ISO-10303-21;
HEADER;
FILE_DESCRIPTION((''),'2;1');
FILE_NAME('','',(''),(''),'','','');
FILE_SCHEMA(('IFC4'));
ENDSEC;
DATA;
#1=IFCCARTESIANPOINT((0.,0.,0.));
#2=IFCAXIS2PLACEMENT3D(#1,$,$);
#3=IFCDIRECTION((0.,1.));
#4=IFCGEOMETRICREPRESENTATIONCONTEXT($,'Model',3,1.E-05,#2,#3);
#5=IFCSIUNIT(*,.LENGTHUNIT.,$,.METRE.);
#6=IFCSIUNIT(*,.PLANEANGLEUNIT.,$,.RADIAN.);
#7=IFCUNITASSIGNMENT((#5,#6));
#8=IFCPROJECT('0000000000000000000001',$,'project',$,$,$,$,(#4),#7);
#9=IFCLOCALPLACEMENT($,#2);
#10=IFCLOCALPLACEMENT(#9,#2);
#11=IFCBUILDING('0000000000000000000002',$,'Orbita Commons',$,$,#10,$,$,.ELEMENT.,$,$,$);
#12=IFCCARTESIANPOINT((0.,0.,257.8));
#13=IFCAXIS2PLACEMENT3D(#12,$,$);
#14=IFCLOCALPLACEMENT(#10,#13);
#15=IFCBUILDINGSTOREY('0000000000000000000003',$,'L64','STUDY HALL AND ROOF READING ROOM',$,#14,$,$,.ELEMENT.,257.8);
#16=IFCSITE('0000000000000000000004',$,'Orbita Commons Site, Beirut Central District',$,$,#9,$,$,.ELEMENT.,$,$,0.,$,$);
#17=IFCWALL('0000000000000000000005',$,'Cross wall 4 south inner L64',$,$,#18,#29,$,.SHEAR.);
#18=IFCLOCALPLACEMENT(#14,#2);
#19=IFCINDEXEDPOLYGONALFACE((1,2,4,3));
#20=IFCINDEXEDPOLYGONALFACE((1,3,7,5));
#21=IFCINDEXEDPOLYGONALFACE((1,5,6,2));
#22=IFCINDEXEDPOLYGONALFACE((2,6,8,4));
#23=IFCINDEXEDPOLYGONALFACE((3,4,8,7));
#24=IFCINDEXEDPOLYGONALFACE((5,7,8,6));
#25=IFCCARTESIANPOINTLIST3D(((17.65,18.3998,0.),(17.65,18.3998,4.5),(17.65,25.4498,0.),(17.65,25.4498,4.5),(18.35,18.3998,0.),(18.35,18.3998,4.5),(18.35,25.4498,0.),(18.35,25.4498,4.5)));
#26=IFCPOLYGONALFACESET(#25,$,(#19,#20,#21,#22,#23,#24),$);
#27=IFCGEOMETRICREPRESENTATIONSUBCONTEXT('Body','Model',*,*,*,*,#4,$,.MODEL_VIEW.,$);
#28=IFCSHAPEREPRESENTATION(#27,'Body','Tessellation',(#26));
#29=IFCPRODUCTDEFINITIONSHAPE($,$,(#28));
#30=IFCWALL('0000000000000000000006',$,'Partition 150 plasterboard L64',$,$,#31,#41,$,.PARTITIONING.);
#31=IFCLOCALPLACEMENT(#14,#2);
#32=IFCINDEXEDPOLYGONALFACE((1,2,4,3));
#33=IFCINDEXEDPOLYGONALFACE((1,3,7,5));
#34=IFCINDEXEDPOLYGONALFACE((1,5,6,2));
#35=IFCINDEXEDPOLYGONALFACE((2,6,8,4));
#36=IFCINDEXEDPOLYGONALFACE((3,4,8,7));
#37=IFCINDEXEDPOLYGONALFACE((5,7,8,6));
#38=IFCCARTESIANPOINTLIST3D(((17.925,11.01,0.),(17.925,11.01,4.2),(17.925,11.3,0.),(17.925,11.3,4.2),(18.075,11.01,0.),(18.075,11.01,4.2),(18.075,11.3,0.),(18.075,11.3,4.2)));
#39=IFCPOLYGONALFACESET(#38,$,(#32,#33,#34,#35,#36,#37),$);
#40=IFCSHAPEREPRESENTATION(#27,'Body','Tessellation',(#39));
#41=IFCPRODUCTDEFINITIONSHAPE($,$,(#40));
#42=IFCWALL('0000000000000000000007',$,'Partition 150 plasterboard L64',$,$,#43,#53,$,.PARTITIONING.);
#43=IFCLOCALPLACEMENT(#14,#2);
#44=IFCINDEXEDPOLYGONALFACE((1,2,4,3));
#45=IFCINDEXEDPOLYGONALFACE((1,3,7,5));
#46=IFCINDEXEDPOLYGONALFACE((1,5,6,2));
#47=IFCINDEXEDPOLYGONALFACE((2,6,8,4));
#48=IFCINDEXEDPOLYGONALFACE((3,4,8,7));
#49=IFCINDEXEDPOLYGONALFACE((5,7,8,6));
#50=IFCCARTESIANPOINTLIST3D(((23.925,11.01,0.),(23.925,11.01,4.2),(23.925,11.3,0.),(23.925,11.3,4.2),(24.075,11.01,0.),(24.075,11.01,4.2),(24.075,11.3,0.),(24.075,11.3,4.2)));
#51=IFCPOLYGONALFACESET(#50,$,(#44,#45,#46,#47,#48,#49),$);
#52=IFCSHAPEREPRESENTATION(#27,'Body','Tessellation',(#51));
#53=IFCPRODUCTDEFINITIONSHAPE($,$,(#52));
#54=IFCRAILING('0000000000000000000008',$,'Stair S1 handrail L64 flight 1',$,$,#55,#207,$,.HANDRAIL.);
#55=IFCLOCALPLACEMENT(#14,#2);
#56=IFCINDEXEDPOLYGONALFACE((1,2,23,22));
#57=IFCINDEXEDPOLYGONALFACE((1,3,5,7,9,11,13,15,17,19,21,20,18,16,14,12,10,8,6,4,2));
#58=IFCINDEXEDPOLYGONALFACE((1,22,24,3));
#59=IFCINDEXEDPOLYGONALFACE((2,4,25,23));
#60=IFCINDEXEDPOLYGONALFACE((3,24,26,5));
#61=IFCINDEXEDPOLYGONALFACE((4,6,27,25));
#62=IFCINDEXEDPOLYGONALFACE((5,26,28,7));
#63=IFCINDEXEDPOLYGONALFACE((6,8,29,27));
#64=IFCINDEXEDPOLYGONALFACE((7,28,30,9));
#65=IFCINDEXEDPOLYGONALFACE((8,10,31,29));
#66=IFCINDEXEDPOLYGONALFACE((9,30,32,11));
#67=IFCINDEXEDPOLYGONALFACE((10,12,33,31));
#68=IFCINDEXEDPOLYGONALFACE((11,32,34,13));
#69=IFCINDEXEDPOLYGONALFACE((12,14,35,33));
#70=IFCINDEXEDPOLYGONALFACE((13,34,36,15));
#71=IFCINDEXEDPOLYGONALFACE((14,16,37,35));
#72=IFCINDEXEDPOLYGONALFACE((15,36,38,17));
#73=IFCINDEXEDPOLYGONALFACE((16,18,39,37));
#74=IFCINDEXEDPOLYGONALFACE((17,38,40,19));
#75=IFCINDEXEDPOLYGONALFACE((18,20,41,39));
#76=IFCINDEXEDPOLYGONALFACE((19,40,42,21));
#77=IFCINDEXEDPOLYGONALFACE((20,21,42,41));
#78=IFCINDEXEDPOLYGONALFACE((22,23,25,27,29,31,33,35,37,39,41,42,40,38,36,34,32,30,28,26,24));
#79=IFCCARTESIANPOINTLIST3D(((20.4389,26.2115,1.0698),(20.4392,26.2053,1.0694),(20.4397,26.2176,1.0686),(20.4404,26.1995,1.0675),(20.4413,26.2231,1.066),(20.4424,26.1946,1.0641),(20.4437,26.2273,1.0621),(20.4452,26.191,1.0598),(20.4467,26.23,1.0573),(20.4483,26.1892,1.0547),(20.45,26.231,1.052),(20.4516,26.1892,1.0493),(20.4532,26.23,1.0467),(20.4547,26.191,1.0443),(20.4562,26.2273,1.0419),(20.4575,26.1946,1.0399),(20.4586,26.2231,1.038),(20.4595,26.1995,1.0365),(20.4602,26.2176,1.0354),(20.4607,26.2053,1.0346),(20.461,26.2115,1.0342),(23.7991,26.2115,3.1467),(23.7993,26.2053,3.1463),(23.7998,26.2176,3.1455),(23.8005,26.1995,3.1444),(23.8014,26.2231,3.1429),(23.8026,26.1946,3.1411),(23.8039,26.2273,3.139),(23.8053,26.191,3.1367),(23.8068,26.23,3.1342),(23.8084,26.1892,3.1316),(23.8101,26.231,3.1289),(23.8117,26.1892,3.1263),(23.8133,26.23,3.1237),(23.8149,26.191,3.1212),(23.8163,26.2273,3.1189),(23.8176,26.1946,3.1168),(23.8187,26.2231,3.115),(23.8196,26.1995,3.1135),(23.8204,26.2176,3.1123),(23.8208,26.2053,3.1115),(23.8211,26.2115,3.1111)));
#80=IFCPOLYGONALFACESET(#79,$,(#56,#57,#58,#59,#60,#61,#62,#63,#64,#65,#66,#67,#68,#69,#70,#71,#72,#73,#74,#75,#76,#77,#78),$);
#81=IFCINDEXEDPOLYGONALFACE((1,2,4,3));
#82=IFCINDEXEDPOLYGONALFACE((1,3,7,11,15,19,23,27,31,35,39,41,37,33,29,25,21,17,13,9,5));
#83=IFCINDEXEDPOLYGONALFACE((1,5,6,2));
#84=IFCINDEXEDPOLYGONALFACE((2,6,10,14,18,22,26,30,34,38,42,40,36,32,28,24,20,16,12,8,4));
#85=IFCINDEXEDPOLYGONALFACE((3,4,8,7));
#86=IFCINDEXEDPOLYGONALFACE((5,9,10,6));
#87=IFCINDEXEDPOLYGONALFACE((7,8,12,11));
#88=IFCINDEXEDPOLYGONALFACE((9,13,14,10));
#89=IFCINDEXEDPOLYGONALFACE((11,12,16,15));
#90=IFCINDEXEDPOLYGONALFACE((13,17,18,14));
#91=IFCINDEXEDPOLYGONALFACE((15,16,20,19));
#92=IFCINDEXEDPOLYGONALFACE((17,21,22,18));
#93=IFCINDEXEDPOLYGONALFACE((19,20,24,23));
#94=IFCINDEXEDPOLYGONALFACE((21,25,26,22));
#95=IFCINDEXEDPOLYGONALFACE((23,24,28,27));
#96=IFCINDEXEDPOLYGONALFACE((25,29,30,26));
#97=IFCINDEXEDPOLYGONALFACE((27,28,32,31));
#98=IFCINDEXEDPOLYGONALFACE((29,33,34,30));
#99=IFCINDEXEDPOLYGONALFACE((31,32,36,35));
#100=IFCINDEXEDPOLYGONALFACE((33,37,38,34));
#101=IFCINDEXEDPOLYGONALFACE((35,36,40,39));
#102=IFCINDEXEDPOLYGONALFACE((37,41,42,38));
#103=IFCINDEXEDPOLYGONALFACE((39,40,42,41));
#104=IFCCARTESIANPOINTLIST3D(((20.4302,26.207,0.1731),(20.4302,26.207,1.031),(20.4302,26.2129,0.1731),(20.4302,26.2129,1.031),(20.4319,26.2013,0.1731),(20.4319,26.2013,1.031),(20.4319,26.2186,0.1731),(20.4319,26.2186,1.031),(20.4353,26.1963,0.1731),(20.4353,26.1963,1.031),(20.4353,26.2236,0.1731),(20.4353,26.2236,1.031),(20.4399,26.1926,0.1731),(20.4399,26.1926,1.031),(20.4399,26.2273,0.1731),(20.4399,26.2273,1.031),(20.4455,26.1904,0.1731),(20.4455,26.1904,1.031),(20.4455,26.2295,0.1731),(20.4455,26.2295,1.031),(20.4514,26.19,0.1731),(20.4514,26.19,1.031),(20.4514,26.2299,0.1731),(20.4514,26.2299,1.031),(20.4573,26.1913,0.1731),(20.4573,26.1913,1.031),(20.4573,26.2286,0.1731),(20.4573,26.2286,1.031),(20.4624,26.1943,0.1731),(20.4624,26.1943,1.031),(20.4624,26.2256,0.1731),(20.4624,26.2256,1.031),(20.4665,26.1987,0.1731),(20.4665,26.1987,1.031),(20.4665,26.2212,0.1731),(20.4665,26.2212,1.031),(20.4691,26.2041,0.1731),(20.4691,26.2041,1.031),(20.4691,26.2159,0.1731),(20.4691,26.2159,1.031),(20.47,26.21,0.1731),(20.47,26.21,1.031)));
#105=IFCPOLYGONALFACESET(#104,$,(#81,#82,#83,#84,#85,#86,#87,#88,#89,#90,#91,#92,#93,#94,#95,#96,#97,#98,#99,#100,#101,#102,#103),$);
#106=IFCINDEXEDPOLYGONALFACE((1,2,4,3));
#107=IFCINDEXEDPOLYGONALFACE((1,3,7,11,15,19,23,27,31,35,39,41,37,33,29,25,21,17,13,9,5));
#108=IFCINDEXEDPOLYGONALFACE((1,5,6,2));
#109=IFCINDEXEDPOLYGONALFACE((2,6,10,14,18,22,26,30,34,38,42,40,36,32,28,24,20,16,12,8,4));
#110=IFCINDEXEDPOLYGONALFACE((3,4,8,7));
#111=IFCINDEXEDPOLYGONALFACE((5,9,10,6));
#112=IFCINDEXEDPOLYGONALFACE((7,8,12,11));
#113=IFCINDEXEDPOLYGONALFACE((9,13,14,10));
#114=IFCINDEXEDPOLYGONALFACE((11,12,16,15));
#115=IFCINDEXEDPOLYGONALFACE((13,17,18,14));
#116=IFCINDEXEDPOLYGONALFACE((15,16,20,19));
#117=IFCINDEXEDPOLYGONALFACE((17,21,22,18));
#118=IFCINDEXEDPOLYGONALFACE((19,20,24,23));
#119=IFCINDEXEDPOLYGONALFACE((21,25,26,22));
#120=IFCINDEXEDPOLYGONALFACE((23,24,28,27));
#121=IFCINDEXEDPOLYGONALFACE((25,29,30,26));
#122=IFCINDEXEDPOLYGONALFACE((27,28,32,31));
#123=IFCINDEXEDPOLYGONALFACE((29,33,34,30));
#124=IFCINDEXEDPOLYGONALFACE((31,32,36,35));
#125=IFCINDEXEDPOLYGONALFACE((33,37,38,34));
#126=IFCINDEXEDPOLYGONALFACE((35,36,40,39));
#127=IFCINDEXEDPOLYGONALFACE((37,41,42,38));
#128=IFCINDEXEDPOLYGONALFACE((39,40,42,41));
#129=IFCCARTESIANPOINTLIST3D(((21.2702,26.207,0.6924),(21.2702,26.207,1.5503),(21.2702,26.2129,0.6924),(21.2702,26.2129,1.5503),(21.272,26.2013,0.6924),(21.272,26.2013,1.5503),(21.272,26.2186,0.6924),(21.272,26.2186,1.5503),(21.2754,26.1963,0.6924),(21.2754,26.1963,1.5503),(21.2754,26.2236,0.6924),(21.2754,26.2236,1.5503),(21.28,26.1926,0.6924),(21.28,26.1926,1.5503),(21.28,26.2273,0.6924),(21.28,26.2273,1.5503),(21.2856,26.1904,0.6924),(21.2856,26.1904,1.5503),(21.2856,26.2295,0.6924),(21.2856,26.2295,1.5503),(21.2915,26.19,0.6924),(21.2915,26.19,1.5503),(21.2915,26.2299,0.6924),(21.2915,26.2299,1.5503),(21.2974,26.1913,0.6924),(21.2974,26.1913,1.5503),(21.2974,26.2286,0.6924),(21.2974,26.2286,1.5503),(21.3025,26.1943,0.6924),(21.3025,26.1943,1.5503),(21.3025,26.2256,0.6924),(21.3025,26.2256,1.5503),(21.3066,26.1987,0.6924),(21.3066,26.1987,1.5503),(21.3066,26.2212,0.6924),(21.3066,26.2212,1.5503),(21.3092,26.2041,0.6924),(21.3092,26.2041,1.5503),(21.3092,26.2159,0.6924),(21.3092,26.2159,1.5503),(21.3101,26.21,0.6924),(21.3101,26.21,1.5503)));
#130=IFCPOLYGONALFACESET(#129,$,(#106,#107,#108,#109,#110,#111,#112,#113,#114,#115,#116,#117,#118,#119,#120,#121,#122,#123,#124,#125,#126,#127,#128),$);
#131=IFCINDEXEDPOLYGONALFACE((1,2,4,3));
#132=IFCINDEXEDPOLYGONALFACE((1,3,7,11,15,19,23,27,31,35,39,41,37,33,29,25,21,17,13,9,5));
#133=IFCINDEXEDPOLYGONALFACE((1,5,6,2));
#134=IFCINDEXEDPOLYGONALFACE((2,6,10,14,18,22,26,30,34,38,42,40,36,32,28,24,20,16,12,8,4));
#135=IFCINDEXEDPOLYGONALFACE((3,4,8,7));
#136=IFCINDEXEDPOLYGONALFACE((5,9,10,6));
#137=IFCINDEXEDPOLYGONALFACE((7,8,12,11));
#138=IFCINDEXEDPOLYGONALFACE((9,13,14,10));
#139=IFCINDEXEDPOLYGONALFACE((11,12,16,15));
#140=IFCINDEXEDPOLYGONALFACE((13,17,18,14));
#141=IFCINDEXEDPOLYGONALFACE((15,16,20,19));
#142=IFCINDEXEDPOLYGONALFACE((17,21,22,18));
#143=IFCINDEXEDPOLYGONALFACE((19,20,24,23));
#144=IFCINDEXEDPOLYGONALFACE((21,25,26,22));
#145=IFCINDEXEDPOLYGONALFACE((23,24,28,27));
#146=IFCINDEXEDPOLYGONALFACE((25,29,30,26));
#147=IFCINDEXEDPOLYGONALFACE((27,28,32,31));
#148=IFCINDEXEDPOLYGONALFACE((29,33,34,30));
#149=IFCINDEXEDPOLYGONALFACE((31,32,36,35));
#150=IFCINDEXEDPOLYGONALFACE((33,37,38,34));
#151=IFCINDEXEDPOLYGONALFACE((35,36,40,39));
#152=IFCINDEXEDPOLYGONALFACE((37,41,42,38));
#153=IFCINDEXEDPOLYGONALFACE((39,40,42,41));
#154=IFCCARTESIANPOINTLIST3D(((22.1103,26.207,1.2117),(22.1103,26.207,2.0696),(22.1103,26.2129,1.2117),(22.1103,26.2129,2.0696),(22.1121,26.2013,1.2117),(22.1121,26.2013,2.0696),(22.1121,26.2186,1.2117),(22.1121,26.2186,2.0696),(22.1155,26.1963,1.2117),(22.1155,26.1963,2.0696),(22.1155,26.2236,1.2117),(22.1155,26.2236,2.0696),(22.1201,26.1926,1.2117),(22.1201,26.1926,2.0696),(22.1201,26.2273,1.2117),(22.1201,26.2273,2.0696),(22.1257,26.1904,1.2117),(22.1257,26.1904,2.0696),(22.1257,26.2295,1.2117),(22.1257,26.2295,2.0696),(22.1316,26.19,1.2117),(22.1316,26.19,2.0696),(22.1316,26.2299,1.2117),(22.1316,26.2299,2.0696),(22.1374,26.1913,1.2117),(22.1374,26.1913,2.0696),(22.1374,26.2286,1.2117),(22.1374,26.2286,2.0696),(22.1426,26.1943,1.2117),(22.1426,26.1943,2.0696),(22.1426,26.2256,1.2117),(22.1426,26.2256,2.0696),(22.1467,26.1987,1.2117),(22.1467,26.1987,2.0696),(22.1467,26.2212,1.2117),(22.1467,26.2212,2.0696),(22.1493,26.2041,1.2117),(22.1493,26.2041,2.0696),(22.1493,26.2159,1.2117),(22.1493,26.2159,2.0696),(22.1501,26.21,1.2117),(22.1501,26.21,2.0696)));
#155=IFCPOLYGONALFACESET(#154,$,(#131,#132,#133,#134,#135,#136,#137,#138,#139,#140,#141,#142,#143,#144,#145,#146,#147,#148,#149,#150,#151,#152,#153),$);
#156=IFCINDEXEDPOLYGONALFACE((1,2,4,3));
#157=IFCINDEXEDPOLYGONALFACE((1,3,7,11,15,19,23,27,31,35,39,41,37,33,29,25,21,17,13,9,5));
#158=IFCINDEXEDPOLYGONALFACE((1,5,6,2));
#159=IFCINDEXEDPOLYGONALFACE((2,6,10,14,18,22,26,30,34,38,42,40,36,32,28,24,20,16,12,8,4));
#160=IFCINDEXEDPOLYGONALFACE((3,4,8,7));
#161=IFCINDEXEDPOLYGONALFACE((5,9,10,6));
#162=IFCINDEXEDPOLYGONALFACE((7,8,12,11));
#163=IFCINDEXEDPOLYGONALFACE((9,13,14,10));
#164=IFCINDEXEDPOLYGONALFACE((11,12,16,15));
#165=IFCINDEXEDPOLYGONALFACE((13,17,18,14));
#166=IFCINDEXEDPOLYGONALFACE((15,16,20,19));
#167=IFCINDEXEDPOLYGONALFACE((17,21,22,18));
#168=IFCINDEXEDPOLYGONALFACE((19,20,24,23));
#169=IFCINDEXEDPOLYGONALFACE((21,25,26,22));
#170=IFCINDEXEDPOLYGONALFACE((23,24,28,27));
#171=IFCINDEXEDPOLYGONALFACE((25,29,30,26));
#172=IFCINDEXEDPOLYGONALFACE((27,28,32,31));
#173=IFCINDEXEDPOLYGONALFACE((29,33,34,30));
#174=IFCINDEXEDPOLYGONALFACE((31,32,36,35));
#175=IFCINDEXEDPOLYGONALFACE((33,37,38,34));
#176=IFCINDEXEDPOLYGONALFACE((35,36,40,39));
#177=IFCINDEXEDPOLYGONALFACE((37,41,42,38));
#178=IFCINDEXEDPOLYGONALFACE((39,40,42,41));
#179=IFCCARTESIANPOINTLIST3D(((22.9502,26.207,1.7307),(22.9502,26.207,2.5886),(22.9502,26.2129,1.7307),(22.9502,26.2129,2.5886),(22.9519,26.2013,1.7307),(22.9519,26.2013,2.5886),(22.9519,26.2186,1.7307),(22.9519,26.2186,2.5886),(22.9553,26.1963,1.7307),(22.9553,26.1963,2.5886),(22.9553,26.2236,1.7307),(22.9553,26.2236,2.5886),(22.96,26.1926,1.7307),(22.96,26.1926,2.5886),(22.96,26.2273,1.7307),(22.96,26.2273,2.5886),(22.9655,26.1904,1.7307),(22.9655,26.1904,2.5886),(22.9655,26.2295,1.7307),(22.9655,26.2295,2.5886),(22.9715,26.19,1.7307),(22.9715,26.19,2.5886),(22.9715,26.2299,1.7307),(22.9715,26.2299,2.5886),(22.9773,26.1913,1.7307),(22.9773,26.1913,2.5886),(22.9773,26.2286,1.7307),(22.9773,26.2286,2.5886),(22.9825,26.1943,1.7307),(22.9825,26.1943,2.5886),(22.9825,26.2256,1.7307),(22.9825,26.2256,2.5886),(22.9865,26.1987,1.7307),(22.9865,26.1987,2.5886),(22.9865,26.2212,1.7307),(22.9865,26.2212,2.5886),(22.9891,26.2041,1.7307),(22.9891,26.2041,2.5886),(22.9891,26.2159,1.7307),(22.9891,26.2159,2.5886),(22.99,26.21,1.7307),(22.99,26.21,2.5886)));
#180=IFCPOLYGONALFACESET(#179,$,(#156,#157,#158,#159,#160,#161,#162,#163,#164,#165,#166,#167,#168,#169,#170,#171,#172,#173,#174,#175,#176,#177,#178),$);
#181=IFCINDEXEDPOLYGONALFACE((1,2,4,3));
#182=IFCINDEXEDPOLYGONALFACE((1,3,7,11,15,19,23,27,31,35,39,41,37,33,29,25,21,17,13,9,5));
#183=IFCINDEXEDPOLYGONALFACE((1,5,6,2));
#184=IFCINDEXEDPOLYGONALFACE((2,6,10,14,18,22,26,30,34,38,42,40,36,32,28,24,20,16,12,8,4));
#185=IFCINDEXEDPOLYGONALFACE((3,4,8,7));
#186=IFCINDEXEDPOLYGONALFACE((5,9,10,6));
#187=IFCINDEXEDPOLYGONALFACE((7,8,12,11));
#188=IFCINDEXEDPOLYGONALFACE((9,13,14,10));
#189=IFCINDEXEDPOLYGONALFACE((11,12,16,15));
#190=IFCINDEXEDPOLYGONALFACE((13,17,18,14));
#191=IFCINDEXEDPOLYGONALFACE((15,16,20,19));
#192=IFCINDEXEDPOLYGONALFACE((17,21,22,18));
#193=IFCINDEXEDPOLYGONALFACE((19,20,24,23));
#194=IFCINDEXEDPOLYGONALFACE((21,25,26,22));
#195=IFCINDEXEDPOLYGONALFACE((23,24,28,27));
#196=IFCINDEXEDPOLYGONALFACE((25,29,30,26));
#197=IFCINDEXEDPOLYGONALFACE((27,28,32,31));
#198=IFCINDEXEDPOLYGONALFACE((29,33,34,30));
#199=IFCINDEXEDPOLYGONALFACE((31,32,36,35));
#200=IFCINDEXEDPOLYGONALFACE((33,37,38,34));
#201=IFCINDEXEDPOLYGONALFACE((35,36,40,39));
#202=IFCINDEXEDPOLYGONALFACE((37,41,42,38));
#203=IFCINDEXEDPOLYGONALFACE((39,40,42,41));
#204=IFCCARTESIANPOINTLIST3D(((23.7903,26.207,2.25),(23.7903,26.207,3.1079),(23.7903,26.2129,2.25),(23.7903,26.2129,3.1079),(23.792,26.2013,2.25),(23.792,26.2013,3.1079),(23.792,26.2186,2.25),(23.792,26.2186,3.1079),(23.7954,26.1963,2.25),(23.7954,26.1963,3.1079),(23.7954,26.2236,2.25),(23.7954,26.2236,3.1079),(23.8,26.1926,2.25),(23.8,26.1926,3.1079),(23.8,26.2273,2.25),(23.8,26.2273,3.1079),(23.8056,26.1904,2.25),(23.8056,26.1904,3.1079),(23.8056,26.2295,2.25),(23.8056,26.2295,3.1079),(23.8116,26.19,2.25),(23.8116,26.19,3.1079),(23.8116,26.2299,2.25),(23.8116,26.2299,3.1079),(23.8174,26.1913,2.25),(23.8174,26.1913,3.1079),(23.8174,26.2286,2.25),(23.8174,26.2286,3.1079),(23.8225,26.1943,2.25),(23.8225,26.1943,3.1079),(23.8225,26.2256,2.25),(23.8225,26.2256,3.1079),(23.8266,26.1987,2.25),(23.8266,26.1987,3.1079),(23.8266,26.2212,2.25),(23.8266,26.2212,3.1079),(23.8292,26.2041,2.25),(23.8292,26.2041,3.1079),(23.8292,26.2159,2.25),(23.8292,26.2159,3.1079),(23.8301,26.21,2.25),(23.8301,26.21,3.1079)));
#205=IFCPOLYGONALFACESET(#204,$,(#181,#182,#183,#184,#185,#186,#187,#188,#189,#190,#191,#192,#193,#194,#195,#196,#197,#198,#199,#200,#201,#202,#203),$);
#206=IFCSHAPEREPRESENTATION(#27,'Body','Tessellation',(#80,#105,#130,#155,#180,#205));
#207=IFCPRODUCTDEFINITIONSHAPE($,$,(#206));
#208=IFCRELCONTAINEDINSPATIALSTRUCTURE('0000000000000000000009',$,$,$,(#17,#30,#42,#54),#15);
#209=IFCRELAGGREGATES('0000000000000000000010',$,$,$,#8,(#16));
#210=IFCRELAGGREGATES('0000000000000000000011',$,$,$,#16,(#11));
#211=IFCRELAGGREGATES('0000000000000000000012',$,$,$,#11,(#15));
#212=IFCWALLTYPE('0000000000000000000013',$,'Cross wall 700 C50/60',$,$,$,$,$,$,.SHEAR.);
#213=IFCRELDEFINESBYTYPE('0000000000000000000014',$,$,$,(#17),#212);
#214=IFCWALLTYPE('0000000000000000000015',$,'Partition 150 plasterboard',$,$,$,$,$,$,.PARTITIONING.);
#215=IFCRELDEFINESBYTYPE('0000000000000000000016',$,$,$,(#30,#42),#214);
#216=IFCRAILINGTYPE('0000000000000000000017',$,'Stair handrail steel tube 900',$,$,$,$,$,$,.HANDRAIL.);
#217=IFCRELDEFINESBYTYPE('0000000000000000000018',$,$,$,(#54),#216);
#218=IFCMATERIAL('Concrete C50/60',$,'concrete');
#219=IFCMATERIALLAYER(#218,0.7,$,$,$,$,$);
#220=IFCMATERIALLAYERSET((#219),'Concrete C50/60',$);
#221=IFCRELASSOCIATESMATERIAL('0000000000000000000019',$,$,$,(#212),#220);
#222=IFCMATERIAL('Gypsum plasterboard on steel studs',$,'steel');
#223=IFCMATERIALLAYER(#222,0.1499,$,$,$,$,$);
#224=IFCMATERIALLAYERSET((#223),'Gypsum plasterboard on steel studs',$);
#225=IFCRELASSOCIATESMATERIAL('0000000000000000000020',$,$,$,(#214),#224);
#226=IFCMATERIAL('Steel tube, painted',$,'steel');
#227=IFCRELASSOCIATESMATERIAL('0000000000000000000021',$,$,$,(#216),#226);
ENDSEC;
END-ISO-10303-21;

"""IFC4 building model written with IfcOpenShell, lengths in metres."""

from ifc_helpers import new_model, si_unit, direction, frame, frame_2d, origin, origin_2d, place, context, subcontext, project, spatial, rectangle, circle, extrude, material, layer, layer_set, type_object, element, save


model = new_model("IFC4")

# Units and contexts
model_context = context("Model", 3, precision=1e-05, world=origin(), true_north=direction((0.0, 1.0)))
body_context = subcontext(model_context, "Body", "Model", "MODEL_VIEW")
ifc_project = project(units=[si_unit("LENGTHUNIT", "METRE"), si_unit("PLANEANGLEUNIT", "RADIAN")], contexts=[model_context])

# Site, building, storey
site_placement = place(None, origin())
site = spatial("IfcSite", under=ifc_project, at=site_placement, Name="Orbita Commons Site, Beirut Central District", CompositionType="ELEMENT", RefElevation=0.0)
building_placement = place(site_placement, origin())
building = spatial("IfcBuilding", under=site, at=building_placement, Name="Orbita Commons", CompositionType="ELEMENT")
storey_placement = place(building_placement, frame((0.0, 0.0, 257.8)))
storey = spatial("IfcBuildingStorey", under=building, at=storey_placement, Name="L64", Description="STUDY HALL AND ROOF READING ROOM", CompositionType="ELEMENT", Elevation=257.8)

# Walls
ifc_material_1 = material(Name="Concrete C50/60", Category="concrete")
ifc_layer_1 = layer(ifc_material_1, 0.7)
ifc_layer_set_1 = layer_set([ifc_layer_1], Name="Concrete C50/60")
wall_type_1 = type_object("IfcWallType", Name="Cross wall 700 C50/60", PredefinedType="SHEAR", material=ifc_layer_set_1)
wall_1_placement = place(storey_placement, frame((18.0, 18.3999, 0.0), z_axis=(0.0, 0.0, 1.0), x_axis=(0.0, 1.0, 0.0)))
element("IfcWall", 1, at=wall_1_placement, inside=storey, type_object=wall_type_1, Name="Cross wall 4 south inner L64", PredefinedType="SHEAR", context=body_context, shape_type="SweptSolid", body=[
    extrude(rectangle(XDim=7.05, YDim=0.7, at=frame_2d((3.5249, 0.0))), origin(), (0.0, 0.0, 1.0), 4.5),
])
ifc_material_2 = material(Name="Gypsum plasterboard on steel studs", Category="steel")
ifc_layer_2 = layer(ifc_material_2, 0.1499)
ifc_layer_set_2 = layer_set([ifc_layer_2], Name="Gypsum plasterboard on steel studs")
wall_type_2 = type_object("IfcWallType", Name="Partition 150 plasterboard", PredefinedType="PARTITIONING", material=ifc_layer_set_2)
for number, where, z_axis, x_axis, name in (
    (2, (18.0, 11.3, 0.0), (0.0, 0.0, 1.0), (0.0, -1.0, 0.0), "Partition 150 plasterboard L64"),
    (3, (24.0, 11.3, 0.0), (0.0, 0.0, 1.0), (0.0, -1.0, 0.0), "Partition 150 plasterboard L64"),
):
    element("IfcWall", number, at=place(storey_placement, frame(where, z_axis=z_axis, x_axis=x_axis)), inside=storey, type_object=wall_type_2, Name=name, PredefinedType="PARTITIONING", context=body_context, shape_type="SweptSolid", body=[
        extrude(rectangle(XDim=0.29, YDim=0.1499, at=frame_2d((0.145, 0.0))), origin(), (0.0, 0.0, 1.0), 4.2),
    ])

# Railing
ifc_material_3 = material(Name="Steel tube, painted", Category="steel")
railing_type = type_object("IfcRailingType", Name="Stair handrail steel tube 900", PredefinedType="HANDRAIL", material=ifc_material_3)
railing_placement = place(storey_placement, frame((20.45, 26.21, 0.1731)))
element("IfcRailing", 4, at=railing_placement, inside=storey, type_object=railing_type, Name="Stair S1 handrail L64 flight 1", PredefinedType="HANDRAIL", context=body_context, shape_type="SweptSolid", body=[
    extrude(circle(Radius=0.021, at=origin_2d()), frame((0.0, 0.0, 0.8789), z_axis=(0.850623, 0.0, 0.525776), x_axis=(0.0, 1.0, 0.0)), (0.0, 0.0, 1.0), 3.9502),
    extrude(circle(Radius=0.02, at=origin_2d()), origin(), (0.0, 0.0, 1.0), 0.8579),
    extrude(circle(Radius=0.02, at=origin_2d()), frame((0.8401, 0.0, 0.5193)), (0.0, 0.0, 1.0), 0.8579),
    extrude(circle(Radius=0.02, at=origin_2d()), frame((1.6802, 0.0, 1.0386)), (0.0, 0.0, 1.0), 0.8579),
    extrude(circle(Radius=0.02, at=origin_2d()), frame((2.52, 0.0, 1.5576)), (0.0, 0.0, 1.0), 0.8579),
    extrude(circle(Radius=0.02, at=origin_2d()), frame((3.3601, 0.0, 2.0769)), (0.0, 0.0, 1.0), 0.8579),
])

save(model, "model.ifc")
